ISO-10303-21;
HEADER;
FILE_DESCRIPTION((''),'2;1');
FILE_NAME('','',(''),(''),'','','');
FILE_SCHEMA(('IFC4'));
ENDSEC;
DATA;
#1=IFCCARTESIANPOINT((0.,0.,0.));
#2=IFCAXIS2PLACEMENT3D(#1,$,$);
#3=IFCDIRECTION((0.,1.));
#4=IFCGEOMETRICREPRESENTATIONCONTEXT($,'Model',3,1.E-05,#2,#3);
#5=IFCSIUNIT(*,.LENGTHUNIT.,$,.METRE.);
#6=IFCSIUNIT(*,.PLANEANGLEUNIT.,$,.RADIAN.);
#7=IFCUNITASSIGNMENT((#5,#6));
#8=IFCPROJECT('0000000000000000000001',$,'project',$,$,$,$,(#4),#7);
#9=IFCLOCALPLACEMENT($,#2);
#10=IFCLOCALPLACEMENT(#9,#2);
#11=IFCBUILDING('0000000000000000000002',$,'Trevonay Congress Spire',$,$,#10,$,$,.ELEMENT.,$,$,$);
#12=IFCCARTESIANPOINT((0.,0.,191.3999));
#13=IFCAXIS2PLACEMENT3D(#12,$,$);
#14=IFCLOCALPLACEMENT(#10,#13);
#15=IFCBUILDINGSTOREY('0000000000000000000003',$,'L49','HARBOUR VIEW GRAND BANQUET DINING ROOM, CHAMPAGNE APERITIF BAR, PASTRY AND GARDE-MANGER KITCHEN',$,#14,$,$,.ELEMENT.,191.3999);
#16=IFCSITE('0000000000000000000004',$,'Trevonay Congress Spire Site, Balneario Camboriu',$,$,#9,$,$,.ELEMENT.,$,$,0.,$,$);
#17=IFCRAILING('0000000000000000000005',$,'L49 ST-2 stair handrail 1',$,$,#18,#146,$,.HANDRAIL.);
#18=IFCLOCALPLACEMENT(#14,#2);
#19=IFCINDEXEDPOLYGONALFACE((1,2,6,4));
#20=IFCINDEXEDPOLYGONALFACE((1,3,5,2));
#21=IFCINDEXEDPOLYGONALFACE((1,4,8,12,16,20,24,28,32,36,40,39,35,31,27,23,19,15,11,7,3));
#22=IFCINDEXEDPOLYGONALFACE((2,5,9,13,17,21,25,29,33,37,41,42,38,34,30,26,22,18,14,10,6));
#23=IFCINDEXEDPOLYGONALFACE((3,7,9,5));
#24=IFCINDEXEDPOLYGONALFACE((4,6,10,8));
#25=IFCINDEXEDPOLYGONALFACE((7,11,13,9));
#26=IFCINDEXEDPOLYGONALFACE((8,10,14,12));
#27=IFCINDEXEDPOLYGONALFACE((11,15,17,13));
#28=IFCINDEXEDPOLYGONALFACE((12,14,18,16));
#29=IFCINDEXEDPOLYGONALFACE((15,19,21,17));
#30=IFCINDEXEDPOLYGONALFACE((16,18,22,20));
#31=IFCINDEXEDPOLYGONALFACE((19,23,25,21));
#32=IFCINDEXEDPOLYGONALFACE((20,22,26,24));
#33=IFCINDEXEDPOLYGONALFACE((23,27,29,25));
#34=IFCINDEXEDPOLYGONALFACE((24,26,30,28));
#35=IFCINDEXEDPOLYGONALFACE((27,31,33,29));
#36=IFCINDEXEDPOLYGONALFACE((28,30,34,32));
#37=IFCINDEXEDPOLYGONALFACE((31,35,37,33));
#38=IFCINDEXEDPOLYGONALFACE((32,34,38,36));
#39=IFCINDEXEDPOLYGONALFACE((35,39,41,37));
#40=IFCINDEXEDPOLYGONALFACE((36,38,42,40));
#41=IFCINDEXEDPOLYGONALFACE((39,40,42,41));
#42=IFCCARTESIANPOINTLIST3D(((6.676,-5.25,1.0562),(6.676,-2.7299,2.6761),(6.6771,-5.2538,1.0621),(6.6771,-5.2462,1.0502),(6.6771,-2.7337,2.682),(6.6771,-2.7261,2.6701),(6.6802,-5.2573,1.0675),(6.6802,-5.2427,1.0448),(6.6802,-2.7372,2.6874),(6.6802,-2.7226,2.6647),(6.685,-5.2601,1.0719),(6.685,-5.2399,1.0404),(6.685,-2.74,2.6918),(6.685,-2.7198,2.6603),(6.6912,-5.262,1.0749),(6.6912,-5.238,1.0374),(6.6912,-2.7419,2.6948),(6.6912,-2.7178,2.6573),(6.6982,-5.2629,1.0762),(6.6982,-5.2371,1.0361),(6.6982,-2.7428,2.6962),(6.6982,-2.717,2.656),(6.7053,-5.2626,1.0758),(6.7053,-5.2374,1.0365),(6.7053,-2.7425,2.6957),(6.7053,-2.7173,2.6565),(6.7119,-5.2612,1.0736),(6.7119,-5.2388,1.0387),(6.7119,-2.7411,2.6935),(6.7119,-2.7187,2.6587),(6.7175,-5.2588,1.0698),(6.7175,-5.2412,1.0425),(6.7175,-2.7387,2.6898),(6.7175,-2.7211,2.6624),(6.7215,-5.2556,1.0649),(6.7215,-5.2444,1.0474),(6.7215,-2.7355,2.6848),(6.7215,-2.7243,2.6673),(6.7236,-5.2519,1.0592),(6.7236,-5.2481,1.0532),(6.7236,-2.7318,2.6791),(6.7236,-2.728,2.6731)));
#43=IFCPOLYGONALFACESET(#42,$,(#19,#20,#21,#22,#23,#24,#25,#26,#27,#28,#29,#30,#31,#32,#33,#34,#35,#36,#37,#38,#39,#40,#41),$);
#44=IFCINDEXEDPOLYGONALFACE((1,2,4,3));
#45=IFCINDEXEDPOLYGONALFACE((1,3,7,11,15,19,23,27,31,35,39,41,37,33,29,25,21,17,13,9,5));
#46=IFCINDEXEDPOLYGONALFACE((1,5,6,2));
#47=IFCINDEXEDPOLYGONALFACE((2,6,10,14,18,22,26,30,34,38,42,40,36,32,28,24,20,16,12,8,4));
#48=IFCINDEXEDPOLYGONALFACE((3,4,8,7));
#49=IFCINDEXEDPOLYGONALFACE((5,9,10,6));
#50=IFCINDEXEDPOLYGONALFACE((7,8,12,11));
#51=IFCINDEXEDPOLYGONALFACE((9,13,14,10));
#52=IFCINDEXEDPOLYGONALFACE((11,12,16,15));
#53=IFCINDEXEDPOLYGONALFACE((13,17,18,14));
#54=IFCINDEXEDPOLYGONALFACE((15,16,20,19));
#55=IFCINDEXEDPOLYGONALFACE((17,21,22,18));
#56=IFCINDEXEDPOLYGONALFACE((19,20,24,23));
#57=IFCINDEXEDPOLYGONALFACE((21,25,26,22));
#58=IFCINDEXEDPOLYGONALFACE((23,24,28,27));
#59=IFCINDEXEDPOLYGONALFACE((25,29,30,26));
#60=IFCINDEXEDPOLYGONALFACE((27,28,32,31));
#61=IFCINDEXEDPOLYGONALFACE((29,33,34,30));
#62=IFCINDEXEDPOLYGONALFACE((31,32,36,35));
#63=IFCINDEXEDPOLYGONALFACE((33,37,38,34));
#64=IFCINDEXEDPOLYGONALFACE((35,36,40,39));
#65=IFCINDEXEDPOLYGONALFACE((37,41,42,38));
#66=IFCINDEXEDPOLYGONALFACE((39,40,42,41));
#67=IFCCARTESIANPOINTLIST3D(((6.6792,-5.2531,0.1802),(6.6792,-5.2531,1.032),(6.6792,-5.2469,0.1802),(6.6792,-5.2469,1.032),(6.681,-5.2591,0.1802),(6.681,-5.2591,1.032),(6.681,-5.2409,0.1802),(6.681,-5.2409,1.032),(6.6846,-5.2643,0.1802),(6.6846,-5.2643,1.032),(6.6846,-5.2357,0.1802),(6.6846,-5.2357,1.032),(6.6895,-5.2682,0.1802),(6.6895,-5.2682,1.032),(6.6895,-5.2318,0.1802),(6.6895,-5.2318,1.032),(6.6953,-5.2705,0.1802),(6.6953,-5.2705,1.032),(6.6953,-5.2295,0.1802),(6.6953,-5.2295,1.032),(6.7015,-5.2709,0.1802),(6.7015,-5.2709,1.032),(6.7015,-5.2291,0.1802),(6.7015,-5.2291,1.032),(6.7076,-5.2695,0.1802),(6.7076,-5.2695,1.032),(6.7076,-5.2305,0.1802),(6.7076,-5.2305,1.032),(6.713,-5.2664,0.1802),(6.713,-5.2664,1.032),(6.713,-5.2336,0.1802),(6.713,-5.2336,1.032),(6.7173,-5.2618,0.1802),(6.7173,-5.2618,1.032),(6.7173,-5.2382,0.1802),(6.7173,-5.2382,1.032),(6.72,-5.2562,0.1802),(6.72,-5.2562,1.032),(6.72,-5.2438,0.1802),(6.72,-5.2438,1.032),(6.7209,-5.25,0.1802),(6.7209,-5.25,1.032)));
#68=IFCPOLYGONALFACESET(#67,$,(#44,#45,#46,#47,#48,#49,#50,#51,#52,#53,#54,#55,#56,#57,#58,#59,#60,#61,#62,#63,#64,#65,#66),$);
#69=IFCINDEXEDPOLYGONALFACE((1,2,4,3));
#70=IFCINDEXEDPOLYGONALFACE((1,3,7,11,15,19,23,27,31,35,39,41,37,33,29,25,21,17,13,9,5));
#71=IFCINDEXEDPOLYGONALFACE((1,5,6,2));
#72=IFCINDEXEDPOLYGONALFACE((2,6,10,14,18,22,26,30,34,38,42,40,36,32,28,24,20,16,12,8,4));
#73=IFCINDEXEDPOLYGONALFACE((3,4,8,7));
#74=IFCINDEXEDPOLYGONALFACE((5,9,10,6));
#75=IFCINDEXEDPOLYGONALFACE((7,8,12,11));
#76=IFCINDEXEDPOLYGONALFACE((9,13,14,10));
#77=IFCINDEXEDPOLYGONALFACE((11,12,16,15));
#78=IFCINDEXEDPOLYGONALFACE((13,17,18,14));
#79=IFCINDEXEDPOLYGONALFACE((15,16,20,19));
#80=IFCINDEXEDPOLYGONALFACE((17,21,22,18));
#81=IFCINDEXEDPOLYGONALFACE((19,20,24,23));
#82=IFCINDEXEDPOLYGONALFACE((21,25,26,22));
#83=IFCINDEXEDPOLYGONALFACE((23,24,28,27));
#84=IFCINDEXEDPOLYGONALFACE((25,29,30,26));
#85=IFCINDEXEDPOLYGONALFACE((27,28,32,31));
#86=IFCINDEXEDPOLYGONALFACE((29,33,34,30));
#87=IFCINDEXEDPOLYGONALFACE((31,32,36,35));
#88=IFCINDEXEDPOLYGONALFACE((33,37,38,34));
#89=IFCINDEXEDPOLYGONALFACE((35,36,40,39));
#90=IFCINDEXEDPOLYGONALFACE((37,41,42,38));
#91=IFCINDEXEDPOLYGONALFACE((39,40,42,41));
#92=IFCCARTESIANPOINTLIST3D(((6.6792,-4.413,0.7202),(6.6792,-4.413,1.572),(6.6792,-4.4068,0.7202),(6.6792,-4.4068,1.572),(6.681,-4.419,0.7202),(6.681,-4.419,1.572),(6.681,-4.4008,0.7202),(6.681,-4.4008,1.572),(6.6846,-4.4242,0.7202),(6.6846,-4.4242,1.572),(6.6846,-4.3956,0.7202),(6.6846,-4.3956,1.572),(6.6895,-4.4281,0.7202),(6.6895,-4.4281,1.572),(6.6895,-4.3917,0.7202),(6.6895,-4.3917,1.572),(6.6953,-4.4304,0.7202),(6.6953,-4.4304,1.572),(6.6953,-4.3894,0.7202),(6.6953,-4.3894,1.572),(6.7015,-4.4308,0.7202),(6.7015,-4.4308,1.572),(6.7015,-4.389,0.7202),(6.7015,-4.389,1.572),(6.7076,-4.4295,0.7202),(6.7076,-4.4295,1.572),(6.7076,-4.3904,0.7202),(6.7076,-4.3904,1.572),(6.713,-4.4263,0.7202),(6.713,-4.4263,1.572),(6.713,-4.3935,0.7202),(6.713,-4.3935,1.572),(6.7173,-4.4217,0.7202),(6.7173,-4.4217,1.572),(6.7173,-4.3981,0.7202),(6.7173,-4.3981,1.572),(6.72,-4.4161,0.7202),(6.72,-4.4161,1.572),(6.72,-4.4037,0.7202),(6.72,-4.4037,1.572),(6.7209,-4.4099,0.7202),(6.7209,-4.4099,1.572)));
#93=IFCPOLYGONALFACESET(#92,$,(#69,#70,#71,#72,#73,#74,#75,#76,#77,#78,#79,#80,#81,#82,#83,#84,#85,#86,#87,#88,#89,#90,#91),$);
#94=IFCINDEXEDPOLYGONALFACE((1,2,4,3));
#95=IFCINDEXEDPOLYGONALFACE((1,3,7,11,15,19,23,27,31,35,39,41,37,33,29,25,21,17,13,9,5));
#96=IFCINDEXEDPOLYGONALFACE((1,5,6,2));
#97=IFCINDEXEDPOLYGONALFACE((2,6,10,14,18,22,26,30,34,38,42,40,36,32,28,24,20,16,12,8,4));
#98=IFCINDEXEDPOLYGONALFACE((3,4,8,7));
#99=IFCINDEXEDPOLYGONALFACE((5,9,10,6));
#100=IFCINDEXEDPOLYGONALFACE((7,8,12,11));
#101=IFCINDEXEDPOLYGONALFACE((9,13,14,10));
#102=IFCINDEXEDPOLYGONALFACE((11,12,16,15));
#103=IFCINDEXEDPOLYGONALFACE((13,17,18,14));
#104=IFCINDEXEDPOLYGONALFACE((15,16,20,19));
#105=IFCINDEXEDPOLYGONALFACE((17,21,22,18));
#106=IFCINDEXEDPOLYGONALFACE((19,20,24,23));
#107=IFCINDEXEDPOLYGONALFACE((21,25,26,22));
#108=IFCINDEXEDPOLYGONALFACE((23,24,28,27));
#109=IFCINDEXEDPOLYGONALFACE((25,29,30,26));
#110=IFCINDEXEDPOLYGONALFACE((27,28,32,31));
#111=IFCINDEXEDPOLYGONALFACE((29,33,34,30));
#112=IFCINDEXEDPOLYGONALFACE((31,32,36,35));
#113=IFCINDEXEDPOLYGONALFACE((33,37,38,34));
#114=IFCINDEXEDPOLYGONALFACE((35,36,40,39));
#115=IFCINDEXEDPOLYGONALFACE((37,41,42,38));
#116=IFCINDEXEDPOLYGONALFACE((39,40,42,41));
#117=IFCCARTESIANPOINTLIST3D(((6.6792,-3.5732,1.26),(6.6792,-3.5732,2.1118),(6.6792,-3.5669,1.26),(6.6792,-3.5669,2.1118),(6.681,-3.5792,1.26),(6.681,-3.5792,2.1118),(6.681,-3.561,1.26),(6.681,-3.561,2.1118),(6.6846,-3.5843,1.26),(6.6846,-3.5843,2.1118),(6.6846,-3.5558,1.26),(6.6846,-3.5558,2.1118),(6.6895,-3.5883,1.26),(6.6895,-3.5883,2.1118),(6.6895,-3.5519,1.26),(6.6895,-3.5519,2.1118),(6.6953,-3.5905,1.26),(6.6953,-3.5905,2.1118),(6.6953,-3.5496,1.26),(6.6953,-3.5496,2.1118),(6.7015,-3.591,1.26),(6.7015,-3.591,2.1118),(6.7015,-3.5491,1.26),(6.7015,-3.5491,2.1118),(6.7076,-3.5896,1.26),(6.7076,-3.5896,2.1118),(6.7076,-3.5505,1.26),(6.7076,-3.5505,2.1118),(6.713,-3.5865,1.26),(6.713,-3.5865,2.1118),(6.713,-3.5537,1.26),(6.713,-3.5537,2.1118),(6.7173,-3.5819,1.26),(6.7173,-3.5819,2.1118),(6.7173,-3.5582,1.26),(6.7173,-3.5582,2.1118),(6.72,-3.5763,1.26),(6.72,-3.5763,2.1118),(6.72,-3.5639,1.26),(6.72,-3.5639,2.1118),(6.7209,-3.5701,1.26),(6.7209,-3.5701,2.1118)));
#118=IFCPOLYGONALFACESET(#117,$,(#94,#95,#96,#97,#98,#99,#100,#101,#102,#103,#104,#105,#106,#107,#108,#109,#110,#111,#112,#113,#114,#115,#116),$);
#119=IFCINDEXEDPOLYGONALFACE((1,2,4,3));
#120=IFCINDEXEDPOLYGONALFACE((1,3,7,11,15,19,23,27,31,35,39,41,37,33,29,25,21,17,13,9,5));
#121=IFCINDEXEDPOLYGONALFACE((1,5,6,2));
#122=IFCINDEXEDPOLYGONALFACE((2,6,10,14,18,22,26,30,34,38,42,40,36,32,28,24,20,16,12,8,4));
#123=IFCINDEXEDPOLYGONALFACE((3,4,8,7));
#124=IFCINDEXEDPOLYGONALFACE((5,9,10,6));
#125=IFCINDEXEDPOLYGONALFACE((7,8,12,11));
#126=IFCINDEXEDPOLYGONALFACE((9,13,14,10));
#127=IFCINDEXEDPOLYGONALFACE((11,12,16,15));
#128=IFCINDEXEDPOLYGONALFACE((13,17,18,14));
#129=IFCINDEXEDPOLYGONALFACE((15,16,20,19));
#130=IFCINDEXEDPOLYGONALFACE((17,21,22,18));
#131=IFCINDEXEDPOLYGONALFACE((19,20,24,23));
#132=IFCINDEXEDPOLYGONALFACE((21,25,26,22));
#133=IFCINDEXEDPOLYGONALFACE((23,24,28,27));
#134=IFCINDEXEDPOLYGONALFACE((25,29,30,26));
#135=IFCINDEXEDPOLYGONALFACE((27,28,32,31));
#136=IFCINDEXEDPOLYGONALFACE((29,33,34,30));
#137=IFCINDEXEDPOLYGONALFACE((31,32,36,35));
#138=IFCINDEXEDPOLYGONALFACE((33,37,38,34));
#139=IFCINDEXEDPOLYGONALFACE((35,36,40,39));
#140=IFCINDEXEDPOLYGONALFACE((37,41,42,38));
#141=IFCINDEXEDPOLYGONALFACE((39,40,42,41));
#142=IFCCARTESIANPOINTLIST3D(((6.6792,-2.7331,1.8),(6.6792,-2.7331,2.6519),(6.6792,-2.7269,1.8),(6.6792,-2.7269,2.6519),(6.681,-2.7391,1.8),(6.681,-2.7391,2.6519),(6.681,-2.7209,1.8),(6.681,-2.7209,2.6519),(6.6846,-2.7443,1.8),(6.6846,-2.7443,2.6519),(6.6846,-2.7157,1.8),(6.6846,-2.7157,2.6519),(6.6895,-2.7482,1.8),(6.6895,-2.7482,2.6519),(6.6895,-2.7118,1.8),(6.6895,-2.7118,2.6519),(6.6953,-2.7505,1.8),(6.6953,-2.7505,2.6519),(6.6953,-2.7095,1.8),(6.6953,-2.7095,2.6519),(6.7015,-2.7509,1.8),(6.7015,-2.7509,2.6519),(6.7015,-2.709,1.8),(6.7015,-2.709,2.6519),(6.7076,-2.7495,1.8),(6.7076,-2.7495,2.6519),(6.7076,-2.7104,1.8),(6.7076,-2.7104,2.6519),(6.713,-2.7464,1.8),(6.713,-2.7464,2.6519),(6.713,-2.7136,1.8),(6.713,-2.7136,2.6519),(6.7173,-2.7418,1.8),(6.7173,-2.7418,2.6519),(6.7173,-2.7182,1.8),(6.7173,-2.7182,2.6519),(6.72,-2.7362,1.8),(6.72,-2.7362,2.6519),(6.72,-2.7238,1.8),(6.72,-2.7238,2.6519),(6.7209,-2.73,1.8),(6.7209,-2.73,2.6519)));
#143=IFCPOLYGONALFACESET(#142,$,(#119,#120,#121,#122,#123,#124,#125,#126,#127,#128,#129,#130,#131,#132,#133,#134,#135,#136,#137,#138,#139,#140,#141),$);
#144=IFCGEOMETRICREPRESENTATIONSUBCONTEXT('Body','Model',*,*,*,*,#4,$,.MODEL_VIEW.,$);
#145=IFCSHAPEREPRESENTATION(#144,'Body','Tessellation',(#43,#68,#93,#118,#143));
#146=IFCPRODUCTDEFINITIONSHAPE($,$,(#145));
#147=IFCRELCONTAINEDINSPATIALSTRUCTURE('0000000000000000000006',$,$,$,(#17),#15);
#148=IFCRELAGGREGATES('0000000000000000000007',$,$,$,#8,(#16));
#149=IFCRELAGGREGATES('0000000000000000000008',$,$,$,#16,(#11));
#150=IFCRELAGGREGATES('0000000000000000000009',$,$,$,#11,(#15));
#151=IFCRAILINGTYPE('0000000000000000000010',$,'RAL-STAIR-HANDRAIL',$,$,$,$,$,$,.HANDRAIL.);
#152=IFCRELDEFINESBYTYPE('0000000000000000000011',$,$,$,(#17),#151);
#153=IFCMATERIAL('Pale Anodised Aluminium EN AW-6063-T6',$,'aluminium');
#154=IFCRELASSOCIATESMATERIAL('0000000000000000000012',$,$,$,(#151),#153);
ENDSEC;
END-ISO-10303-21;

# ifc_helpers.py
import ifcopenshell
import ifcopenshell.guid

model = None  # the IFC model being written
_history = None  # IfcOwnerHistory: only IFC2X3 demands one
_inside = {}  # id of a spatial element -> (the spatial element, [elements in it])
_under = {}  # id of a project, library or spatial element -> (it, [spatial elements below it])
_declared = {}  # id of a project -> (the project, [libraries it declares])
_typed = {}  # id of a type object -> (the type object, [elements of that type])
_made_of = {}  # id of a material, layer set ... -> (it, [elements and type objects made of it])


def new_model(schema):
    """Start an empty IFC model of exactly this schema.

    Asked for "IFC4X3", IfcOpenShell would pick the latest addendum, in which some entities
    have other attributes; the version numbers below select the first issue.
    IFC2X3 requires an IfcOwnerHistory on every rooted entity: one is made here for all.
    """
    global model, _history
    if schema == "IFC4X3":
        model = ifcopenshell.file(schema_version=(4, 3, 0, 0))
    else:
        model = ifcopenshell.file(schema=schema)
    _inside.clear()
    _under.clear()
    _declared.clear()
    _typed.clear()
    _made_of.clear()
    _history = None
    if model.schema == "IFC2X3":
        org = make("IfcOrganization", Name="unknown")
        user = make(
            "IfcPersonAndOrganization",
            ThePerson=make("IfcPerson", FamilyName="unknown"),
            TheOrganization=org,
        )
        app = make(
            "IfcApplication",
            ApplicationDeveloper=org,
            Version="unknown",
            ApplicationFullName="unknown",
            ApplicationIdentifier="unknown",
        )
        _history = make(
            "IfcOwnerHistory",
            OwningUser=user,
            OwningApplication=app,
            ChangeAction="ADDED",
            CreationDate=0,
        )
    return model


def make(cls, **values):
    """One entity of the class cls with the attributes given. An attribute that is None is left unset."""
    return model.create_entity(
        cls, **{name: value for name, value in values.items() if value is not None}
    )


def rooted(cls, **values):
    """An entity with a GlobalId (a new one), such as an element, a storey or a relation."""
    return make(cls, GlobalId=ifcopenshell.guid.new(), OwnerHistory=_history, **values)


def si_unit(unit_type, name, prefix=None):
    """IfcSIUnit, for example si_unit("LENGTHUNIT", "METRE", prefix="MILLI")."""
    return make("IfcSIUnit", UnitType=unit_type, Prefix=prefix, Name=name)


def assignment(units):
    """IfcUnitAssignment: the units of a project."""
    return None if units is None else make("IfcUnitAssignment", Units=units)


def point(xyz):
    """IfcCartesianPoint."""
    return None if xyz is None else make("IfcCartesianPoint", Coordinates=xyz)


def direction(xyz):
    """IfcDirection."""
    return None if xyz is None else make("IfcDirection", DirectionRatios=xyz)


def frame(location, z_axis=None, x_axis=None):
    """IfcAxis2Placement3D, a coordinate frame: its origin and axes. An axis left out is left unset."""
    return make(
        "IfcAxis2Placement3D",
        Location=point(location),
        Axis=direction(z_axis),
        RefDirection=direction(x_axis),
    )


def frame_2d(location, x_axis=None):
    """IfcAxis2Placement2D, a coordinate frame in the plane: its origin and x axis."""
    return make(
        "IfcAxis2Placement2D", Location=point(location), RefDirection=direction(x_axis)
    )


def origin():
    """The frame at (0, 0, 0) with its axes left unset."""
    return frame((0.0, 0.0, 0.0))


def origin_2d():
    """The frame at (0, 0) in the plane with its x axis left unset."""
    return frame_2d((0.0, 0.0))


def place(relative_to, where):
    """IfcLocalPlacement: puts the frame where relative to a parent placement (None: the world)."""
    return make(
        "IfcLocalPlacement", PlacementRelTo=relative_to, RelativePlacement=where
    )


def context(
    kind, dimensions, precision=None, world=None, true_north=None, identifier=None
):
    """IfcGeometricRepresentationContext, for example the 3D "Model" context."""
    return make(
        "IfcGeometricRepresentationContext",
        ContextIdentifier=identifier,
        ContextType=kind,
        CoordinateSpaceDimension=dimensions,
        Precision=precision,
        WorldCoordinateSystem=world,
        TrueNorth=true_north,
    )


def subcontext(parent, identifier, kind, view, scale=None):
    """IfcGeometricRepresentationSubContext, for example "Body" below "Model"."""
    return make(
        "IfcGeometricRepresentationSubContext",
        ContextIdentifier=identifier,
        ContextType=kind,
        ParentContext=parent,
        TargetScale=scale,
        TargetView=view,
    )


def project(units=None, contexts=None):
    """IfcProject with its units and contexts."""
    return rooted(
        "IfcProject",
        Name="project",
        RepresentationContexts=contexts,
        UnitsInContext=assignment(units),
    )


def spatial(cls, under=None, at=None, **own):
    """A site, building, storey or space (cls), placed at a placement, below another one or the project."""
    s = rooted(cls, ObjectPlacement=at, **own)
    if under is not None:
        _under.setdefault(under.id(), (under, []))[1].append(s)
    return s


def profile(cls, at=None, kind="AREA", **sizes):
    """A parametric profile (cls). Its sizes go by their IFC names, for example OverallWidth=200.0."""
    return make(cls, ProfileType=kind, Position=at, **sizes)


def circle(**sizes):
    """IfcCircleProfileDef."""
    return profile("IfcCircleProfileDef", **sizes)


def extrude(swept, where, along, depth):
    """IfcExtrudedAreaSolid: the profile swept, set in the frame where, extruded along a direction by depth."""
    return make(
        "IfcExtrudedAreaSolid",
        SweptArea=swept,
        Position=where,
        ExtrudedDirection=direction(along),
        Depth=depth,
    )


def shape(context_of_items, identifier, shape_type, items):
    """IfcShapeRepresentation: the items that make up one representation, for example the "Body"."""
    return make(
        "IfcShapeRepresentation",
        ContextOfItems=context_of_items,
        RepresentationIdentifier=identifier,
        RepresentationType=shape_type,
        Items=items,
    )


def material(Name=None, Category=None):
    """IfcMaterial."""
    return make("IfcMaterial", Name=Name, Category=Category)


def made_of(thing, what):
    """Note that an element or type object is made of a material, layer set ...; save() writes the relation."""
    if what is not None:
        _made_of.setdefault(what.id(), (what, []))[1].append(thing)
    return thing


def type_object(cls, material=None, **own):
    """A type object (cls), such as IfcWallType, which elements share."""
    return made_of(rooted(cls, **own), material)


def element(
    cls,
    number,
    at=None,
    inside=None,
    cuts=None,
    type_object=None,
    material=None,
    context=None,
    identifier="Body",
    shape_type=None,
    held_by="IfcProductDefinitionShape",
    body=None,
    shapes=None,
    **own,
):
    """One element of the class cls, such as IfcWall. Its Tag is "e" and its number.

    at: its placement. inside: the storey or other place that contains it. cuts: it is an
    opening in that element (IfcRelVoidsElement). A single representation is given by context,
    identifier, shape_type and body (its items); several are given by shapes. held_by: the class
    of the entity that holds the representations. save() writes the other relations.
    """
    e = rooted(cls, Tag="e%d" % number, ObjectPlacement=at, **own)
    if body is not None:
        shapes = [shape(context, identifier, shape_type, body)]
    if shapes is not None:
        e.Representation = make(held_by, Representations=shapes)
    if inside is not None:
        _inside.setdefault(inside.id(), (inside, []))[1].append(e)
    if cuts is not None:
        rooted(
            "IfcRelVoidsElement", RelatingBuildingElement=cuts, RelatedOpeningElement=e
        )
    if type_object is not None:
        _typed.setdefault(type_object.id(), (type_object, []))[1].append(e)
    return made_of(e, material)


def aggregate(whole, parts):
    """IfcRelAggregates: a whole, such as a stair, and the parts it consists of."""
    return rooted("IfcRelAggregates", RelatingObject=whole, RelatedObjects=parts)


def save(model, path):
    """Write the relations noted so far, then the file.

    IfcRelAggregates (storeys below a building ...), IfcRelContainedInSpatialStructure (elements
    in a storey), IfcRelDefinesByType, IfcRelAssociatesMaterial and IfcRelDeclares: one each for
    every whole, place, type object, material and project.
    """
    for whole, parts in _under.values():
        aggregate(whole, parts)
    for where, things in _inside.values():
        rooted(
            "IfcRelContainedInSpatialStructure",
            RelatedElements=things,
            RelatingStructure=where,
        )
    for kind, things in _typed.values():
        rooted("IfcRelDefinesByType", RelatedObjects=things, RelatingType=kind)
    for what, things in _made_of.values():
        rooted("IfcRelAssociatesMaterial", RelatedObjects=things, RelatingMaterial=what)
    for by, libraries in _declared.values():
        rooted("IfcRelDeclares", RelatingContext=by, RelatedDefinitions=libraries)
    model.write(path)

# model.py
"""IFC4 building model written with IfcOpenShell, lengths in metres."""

from ifc_helpers import new_model, si_unit, direction, frame, origin, origin_2d, place, context, subcontext, project, spatial, circle, extrude, material, type_object, element, save


model = new_model("IFC4")

# Units and contexts
model_context = context("Model", 3, precision=1e-05, world=origin(), true_north=direction((0.0, 1.0)))
body_context = subcontext(model_context, "Body", "Model", "MODEL_VIEW")
ifc_project = project(units=[si_unit("LENGTHUNIT", "METRE"), si_unit("PLANEANGLEUNIT", "RADIAN")], contexts=[model_context])

# Site, building, storey
site_placement = place(None, origin())
site = spatial("IfcSite", under=ifc_project, at=site_placement, Name="Trevonay Congress Spire Site, Balneario Camboriu", CompositionType="ELEMENT", RefElevation=0.0)
building_placement = place(site_placement, origin())
building = spatial("IfcBuilding", under=site, at=building_placement, Name="Trevonay Congress Spire", CompositionType="ELEMENT")
storey_placement = place(building_placement, frame((0.0, 0.0, 191.3999)))
storey = spatial("IfcBuildingStorey", under=building, at=storey_placement, Name="L49", Description="HARBOUR VIEW GRAND BANQUET DINING ROOM, CHAMPAGNE APERITIF BAR, PASTRY AND GARDE-MANGER KITCHEN", CompositionType="ELEMENT", Elevation=191.3999)

# Railing
ifc_material_1 = material(Name="Pale Anodised Aluminium EN AW-6063-T6", Category="aluminium")
railing_type_1 = type_object("IfcRailingType", Name="RAL-STAIR-HANDRAIL", PredefinedType="HANDRAIL", material=ifc_material_1)
railing_1_placement = place(storey_placement, frame((6.7, -5.25, 0.1802)))
element("IfcRailing", 1, at=railing_1_placement, inside=storey, type_object=railing_type_1, Name="L49 ST-2 stair handrail 1", PredefinedType="HANDRAIL", context=body_context, shape_type="SweptSolid", body=[
    extrude(circle(Radius=0.0239, at=origin_2d()), frame((0.0, 0.0, 0.876), z_axis=(0.0, 0.8412, 0.540725), x_axis=(-1.0, 0.0, 0.0)), (0.0, 0.0, 1.0), 2.9958),
    extrude(circle(Radius=0.021, at=origin_2d()), origin(), (0.0, 0.0, 1.0), 0.8518),
    extrude(circle(Radius=0.021, at=origin_2d()), frame((0.0, 0.8401, 0.54)), (0.0, 0.0, 1.0), 0.8518),
    extrude(circle(Radius=0.021, at=origin_2d()), frame((0.0, 1.6799, 1.0798)), (0.0, 0.0, 1.0), 0.8518),
    extrude(circle(Radius=0.021, at=origin_2d()), frame((0.0, 2.52, 1.6199)), (0.0, 0.0, 1.0), 0.8518),
])

save(model, "model.ifc")
